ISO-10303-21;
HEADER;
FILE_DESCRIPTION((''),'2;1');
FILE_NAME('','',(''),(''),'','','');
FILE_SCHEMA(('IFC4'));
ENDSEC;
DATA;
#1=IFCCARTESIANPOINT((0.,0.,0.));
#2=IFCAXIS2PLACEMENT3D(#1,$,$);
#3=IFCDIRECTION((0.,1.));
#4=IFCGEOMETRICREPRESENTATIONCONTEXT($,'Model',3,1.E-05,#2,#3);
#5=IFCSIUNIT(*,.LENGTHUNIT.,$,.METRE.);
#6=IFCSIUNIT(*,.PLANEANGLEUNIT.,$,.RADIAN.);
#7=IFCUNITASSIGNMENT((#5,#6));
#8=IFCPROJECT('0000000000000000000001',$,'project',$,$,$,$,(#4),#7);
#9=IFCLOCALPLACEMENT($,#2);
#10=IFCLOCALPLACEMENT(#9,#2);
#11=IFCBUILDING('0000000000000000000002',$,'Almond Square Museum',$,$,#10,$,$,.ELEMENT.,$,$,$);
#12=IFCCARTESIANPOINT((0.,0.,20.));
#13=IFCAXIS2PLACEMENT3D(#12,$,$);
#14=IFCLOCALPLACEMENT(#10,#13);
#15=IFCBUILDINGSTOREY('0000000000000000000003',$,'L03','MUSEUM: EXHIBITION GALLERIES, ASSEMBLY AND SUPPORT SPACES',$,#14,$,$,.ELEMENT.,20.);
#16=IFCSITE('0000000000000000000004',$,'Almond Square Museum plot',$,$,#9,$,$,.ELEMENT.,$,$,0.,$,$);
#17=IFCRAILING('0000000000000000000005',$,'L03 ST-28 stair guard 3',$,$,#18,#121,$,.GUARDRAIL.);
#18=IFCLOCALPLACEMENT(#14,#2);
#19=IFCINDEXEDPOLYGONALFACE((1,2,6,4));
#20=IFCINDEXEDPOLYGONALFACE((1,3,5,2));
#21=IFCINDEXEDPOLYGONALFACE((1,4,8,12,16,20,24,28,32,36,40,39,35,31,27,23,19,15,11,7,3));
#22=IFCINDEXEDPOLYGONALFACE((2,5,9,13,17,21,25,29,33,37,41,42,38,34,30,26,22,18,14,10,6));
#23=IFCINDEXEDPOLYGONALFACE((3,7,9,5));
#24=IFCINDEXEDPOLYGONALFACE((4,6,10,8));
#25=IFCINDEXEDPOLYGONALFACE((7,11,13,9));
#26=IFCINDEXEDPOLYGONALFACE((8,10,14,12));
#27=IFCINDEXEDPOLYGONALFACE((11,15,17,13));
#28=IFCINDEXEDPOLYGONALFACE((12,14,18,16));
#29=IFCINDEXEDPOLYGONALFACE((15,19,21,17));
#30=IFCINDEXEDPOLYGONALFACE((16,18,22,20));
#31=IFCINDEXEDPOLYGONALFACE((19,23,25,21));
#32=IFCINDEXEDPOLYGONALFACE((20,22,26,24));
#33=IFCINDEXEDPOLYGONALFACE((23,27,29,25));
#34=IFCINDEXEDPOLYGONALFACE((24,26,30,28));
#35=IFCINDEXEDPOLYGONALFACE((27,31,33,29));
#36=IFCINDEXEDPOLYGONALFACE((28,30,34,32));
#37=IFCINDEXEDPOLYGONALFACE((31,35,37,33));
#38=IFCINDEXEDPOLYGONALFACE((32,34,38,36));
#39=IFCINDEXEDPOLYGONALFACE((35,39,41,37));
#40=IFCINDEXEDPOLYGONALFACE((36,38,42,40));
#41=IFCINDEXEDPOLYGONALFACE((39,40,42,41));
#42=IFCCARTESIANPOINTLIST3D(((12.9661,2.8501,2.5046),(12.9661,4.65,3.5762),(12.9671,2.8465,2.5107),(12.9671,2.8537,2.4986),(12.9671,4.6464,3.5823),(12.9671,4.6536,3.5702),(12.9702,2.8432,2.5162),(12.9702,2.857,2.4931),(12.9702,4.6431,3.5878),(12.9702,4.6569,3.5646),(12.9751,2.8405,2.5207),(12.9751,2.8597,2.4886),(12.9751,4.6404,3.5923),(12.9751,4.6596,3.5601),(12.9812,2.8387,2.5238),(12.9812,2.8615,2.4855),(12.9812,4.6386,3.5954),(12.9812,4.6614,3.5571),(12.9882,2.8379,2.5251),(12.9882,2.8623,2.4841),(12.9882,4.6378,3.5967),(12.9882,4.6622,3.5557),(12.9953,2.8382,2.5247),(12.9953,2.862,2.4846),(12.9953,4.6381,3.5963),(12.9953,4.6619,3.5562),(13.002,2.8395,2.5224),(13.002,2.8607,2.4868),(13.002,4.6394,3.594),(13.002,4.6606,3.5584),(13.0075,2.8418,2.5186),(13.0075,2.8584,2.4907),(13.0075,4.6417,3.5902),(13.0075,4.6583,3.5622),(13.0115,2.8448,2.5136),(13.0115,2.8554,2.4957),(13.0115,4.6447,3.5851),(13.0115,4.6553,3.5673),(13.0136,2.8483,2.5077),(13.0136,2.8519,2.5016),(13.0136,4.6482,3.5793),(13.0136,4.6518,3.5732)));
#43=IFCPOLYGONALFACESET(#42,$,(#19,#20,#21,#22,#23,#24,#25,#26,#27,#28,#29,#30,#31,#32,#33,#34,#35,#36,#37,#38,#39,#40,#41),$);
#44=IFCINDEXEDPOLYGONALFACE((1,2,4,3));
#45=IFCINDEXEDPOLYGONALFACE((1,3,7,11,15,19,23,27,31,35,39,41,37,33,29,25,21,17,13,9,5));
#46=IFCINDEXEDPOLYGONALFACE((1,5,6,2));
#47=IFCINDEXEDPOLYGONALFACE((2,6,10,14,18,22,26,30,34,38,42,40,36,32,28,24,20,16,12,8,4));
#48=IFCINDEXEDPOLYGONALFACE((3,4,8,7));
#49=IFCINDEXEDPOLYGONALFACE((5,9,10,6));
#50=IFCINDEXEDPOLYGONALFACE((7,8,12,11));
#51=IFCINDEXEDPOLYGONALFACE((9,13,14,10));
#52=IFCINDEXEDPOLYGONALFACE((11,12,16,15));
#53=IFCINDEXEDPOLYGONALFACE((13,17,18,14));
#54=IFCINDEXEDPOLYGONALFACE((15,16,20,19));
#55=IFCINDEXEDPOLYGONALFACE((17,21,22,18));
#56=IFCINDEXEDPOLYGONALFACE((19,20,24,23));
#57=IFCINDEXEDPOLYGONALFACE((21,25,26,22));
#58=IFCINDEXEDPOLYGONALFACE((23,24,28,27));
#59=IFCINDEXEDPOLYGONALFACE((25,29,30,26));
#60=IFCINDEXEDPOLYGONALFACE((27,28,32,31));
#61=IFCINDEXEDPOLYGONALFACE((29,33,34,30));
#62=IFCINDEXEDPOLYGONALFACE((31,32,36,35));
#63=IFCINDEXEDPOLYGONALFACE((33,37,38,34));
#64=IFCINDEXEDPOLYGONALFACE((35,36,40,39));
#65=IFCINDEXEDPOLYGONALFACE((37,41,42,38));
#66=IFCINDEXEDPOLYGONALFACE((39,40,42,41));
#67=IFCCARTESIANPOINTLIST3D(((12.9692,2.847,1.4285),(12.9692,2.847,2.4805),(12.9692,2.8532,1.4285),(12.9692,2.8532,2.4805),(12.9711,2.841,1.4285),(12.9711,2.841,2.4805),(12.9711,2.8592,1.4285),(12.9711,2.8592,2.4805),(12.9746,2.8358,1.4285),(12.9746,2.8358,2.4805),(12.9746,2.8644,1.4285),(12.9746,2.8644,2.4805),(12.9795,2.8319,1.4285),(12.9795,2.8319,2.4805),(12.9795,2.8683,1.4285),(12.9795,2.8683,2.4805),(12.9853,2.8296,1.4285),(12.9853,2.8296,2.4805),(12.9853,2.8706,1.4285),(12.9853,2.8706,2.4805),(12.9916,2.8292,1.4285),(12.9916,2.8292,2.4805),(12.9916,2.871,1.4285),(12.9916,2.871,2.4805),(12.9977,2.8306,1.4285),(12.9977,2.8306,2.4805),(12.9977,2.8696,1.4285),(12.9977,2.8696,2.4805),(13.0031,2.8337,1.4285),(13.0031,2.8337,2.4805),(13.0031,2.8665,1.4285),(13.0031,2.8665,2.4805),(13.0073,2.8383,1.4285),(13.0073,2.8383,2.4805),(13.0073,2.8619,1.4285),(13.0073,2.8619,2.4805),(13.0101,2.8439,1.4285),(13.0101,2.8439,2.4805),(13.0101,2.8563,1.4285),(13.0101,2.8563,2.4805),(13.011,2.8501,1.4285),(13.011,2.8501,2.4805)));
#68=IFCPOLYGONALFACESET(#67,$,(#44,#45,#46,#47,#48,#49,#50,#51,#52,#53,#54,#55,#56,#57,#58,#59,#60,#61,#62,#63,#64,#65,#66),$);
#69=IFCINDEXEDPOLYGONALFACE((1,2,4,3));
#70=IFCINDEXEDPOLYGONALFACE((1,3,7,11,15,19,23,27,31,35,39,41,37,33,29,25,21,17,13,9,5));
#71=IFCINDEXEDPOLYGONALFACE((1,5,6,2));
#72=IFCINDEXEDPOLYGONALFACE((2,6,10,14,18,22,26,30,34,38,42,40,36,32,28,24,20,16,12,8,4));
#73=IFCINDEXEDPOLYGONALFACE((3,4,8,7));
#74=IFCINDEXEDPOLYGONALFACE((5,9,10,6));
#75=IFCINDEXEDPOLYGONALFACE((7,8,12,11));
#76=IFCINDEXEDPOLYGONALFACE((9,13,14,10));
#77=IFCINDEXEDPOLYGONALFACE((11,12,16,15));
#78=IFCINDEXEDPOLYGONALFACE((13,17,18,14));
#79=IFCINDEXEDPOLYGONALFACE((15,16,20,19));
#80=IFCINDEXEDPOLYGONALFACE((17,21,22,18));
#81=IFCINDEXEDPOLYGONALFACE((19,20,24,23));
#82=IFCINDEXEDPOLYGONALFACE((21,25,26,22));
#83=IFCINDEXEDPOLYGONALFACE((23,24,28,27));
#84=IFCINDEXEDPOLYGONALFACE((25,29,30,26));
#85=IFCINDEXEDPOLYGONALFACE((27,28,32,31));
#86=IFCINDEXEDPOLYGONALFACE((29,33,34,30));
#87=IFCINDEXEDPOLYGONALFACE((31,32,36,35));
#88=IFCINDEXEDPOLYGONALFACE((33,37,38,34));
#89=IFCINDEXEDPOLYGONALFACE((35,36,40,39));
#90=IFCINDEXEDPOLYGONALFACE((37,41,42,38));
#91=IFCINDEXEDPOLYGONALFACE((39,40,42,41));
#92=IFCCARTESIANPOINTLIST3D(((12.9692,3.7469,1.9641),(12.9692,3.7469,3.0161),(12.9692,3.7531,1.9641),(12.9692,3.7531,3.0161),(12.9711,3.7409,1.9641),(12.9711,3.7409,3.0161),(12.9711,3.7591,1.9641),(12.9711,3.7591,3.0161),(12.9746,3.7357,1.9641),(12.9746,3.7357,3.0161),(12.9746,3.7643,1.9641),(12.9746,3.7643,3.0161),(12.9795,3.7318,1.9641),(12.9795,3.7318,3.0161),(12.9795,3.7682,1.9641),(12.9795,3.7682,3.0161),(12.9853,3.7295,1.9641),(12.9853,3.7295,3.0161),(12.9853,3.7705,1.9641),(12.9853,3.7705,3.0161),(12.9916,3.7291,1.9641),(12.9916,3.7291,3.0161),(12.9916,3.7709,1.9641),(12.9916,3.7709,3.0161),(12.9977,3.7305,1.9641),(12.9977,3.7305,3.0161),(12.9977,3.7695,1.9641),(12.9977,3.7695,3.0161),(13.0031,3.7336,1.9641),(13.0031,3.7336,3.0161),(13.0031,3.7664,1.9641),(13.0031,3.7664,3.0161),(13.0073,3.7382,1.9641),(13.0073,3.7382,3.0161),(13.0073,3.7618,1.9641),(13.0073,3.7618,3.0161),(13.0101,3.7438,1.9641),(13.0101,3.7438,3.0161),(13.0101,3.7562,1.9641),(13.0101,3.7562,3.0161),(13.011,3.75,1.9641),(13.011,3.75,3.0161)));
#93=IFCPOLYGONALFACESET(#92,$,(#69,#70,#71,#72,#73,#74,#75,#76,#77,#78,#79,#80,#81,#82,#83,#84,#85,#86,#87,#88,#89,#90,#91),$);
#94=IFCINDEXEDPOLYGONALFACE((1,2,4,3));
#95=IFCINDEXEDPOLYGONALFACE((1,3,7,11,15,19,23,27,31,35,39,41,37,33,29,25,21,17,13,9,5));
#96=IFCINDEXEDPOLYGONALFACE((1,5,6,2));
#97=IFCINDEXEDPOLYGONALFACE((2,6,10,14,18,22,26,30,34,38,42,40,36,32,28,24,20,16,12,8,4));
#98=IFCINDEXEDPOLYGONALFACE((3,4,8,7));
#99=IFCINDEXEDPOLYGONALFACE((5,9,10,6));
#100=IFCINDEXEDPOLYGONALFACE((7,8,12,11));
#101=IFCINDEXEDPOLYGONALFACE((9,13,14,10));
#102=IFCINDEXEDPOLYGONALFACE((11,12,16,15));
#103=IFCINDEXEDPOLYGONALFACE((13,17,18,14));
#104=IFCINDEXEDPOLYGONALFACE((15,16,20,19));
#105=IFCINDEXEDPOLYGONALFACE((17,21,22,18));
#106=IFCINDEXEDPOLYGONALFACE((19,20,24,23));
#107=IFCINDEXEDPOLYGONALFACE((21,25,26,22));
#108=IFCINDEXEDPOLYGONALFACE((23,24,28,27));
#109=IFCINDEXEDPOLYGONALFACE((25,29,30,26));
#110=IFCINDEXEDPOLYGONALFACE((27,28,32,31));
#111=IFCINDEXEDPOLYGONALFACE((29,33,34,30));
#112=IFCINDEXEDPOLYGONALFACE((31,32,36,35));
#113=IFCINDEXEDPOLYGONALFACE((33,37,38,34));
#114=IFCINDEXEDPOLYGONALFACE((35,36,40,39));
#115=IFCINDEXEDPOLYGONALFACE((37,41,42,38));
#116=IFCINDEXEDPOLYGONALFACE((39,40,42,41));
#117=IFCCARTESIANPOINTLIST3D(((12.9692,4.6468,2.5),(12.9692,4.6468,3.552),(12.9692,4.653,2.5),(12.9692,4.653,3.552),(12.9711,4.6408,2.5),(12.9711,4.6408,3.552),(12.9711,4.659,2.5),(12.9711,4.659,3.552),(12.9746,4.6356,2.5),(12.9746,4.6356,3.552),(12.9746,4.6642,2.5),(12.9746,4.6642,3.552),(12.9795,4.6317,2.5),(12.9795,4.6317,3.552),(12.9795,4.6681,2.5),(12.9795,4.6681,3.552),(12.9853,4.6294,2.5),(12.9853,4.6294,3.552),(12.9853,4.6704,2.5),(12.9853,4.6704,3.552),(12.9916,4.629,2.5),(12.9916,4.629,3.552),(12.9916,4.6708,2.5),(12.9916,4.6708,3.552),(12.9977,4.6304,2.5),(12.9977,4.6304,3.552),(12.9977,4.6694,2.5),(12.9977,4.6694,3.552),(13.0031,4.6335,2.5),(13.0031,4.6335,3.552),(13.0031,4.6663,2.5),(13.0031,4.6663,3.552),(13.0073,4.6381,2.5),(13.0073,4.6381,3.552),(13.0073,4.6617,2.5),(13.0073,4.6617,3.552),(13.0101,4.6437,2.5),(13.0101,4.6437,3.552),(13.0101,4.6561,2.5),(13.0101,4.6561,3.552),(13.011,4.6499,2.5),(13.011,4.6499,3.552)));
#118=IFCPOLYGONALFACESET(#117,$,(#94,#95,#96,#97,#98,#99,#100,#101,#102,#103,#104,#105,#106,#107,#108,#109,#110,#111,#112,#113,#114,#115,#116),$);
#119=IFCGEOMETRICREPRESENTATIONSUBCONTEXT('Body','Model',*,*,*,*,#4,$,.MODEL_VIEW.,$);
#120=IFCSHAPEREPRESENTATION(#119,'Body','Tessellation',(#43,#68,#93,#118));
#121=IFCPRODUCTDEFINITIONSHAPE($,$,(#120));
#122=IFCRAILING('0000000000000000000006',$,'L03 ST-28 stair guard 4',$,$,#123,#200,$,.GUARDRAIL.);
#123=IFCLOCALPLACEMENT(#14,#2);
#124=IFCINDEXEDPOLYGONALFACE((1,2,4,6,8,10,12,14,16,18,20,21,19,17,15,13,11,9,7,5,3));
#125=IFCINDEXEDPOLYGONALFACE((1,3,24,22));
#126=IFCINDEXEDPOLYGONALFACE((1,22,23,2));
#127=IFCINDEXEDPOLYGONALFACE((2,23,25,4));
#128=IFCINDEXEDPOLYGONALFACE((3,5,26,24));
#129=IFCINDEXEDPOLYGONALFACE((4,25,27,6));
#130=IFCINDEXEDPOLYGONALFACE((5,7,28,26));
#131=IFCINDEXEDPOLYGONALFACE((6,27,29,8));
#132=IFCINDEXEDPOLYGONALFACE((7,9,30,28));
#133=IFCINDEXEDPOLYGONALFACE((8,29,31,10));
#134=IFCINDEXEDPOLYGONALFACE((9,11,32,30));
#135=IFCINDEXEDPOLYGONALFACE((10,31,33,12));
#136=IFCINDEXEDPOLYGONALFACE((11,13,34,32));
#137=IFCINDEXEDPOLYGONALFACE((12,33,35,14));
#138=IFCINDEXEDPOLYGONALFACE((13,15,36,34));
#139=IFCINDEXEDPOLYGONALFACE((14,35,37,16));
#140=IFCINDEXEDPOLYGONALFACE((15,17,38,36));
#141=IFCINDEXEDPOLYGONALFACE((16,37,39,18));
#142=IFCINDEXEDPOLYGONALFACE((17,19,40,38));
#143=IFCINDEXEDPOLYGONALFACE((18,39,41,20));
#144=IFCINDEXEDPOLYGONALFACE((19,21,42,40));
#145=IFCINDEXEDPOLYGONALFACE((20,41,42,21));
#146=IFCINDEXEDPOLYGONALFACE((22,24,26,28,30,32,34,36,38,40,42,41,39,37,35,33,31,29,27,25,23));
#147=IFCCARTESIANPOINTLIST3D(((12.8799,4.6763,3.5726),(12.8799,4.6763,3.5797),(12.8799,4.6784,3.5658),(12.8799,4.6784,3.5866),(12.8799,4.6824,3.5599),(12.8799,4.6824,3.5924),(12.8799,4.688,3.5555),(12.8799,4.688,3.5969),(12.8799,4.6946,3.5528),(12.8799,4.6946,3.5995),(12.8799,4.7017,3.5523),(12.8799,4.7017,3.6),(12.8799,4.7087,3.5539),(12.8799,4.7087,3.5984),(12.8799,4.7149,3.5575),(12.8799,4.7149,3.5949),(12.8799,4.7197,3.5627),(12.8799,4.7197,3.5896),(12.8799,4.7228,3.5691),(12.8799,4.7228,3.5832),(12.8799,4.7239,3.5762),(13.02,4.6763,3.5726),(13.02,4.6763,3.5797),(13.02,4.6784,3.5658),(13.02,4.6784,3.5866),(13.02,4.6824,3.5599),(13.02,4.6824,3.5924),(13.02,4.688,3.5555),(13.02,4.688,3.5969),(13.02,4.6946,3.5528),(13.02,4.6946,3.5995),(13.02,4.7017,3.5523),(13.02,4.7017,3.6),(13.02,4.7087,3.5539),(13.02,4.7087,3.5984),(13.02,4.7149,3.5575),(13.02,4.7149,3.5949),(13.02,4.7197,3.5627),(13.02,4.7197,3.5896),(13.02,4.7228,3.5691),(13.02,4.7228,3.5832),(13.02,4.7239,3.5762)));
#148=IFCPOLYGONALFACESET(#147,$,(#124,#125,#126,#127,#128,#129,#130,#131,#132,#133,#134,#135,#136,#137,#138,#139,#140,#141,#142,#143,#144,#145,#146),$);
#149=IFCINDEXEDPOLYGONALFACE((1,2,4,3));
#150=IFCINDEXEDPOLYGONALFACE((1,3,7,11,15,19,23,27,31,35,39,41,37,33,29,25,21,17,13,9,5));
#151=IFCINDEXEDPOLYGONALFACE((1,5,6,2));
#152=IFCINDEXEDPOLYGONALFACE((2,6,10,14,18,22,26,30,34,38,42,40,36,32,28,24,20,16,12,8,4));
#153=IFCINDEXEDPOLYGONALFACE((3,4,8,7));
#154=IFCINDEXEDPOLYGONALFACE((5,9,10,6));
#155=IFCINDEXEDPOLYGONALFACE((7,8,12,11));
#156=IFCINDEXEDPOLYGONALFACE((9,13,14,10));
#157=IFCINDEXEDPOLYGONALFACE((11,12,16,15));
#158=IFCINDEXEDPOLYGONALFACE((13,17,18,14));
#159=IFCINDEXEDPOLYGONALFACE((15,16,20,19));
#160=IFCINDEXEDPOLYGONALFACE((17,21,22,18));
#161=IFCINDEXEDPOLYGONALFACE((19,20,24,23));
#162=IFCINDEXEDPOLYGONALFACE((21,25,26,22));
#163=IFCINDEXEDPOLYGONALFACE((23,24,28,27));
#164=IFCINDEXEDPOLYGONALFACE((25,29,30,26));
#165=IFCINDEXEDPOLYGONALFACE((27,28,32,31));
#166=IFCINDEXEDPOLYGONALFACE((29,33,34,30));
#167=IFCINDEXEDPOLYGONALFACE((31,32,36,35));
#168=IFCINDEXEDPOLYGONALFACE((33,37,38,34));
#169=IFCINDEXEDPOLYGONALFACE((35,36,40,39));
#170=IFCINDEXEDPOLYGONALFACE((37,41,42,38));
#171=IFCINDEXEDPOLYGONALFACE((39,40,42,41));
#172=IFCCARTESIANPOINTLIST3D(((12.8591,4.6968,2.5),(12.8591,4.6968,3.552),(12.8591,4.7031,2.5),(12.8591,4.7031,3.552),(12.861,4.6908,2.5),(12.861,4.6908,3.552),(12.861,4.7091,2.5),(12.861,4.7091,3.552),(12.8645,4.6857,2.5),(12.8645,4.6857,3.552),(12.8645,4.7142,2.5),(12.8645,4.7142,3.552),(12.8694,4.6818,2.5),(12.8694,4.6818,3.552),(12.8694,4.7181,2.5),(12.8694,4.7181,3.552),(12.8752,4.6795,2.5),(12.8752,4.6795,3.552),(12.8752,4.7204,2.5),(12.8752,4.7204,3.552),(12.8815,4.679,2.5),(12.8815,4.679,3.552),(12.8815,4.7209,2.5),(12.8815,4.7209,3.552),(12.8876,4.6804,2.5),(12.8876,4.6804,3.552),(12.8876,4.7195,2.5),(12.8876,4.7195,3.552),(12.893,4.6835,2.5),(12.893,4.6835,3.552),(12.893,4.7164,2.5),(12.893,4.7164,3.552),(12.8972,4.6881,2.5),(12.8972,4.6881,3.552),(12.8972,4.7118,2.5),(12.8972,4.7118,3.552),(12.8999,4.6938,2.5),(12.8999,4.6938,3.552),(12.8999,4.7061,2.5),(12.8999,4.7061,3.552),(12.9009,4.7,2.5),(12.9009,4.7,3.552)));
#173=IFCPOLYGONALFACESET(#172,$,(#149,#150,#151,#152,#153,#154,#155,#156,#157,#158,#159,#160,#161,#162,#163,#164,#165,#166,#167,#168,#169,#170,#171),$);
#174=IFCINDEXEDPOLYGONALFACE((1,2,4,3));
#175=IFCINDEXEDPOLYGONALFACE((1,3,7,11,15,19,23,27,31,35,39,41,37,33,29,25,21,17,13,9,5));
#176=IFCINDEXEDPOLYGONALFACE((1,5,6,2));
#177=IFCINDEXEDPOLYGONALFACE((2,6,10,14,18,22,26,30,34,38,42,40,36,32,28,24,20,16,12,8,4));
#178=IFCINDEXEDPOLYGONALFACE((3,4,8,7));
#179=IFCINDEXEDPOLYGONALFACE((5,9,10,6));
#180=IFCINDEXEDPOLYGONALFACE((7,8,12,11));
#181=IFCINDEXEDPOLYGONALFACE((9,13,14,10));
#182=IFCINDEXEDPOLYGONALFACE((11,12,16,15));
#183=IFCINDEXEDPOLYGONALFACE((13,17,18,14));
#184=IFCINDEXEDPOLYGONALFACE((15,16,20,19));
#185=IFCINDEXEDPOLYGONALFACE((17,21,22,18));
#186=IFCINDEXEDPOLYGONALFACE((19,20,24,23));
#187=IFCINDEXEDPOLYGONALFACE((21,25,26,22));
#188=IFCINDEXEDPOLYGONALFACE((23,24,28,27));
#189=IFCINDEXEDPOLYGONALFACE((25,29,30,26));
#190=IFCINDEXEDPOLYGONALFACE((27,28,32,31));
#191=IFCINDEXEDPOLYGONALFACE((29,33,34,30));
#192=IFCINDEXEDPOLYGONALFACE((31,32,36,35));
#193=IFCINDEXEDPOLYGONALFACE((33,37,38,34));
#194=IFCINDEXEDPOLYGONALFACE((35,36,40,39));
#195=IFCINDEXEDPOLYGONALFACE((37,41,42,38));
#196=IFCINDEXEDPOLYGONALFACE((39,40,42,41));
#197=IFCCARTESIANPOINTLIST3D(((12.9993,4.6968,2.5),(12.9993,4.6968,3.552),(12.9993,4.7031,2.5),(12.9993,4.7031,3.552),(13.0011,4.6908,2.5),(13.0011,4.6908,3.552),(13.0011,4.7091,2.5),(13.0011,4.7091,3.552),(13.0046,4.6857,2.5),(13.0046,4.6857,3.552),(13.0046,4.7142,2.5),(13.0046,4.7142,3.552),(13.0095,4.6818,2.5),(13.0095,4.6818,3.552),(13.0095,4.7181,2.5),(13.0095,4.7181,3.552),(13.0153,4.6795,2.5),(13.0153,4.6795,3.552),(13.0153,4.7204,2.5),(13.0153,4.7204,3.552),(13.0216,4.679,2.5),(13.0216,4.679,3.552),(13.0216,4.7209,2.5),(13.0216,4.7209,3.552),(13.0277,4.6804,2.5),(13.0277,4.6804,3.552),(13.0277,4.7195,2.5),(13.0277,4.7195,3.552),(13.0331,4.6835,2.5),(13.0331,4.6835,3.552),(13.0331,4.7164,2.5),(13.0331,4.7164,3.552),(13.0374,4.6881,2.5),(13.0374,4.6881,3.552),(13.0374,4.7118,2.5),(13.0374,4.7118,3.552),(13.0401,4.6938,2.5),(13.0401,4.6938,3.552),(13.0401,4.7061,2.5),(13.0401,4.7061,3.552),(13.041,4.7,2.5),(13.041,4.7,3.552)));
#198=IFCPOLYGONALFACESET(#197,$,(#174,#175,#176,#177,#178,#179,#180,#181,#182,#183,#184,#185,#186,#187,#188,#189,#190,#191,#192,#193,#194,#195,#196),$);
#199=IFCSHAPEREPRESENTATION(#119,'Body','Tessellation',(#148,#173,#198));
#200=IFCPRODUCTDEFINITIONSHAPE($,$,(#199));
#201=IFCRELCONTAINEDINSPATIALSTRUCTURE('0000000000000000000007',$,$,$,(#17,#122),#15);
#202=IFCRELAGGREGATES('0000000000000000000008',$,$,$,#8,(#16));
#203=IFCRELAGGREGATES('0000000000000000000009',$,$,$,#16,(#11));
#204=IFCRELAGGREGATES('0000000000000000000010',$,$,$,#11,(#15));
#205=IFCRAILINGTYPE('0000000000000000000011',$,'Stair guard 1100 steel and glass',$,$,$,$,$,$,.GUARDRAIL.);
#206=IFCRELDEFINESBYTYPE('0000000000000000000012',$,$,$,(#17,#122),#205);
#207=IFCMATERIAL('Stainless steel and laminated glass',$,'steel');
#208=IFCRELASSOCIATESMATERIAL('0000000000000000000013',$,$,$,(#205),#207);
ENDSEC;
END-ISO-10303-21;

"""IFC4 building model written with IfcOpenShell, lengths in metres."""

from ifc_helpers import new_model, si_unit, direction, frame, origin, origin_2d, place, context, subcontext, project, spatial, circle, extrude, material, type_object, element, save


model = new_model("IFC4")

# Units and contexts
model_context = context("Model", 3, precision=1e-05, world=origin(), true_north=direction((0.0, 1.0)))
body_context = subcontext(model_context, "Body", "Model", "MODEL_VIEW")
ifc_project = project(units=[si_unit("LENGTHUNIT", "METRE"), si_unit("PLANEANGLEUNIT", "RADIAN")], contexts=[model_context])

# Site, building, storey
site_placement = place(None, origin())
site = spatial("IfcSite", under=ifc_project, at=site_placement, Name="Almond Square Museum plot", CompositionType="ELEMENT", RefElevation=0.0)
building_placement = place(site_placement, origin())
building = spatial("IfcBuilding", under=site, at=building_placement, Name="Almond Square Museum", CompositionType="ELEMENT")
storey_placement = place(building_placement, frame((0.0, 0.0, 20.0)))
storey = spatial("IfcBuildingStorey", under=building, at=storey_placement, Name="L03", Description="MUSEUM: EXHIBITION GALLERIES, ASSEMBLY AND SUPPORT SPACES", CompositionType="ELEMENT", Elevation=20.0)

# Railings
ifc_material_1 = material(Name="Stainless steel and laminated glass", Category="steel")
railing_type_1 = type_object("IfcRailingType", Name="Stair guard 1100 steel and glass", PredefinedType="GUARDRAIL", material=ifc_material_1)
railing_1_placement = place(storey_placement, frame((12.99, 2.8501, 1.4285)))
element("IfcRailing", 1, at=railing_1_placement, inside=storey, type_object=railing_type_1, Name="L03 ST-28 stair guard 3", PredefinedType="GUARDRAIL", context=body_context, shape_type="SweptSolid", body=[
    extrude(circle(Radius=0.0239, at=origin_2d()), frame((0.0, 0.0, 1.0762), z_axis=(0.0, 0.859247, 0.511562), x_axis=(-1.0, 0.0, 0.0)), (0.0, 0.0, 1.0), 2.0947),
    extrude(circle(Radius=0.021, at=origin_2d()), origin(), (0.0, 0.0, 1.0), 1.052),
    extrude(circle(Radius=0.021, at=origin_2d()), frame((0.0, 0.8999, 0.5356)), (0.0, 0.0, 1.0), 1.052),
    extrude(circle(Radius=0.021, at=origin_2d()), frame((0.0, 1.7998, 1.0715)), (0.0, 0.0, 1.0), 1.052),
])
railing_2_placement = place(storey_placement, frame((12.8799, 4.7, 2.5)))
element("IfcRailing", 2, at=railing_2_placement, inside=storey, type_object=railing_type_1, Name="L03 ST-28 stair guard 4", PredefinedType="GUARDRAIL", context=body_context, shape_type="SweptSolid", body=[
    extrude(circle(Radius=0.0239, at=origin_2d()), frame((0.0, 0.0, 1.0762), z_axis=(1.0, 0.0, 0.0), x_axis=(0.0, 1.0, 0.0)), (0.0, 0.0, 1.0), 0.1401),
    extrude(circle(Radius=0.021, at=origin_2d()), origin(), (0.0, 0.0, 1.0), 1.052),
    extrude(circle(Radius=0.021, at=origin_2d()), frame((0.1401, 0.0, 0.0)), (0.0, 0.0, 1.0), 1.052),
])

save(model, "model.ifc")
